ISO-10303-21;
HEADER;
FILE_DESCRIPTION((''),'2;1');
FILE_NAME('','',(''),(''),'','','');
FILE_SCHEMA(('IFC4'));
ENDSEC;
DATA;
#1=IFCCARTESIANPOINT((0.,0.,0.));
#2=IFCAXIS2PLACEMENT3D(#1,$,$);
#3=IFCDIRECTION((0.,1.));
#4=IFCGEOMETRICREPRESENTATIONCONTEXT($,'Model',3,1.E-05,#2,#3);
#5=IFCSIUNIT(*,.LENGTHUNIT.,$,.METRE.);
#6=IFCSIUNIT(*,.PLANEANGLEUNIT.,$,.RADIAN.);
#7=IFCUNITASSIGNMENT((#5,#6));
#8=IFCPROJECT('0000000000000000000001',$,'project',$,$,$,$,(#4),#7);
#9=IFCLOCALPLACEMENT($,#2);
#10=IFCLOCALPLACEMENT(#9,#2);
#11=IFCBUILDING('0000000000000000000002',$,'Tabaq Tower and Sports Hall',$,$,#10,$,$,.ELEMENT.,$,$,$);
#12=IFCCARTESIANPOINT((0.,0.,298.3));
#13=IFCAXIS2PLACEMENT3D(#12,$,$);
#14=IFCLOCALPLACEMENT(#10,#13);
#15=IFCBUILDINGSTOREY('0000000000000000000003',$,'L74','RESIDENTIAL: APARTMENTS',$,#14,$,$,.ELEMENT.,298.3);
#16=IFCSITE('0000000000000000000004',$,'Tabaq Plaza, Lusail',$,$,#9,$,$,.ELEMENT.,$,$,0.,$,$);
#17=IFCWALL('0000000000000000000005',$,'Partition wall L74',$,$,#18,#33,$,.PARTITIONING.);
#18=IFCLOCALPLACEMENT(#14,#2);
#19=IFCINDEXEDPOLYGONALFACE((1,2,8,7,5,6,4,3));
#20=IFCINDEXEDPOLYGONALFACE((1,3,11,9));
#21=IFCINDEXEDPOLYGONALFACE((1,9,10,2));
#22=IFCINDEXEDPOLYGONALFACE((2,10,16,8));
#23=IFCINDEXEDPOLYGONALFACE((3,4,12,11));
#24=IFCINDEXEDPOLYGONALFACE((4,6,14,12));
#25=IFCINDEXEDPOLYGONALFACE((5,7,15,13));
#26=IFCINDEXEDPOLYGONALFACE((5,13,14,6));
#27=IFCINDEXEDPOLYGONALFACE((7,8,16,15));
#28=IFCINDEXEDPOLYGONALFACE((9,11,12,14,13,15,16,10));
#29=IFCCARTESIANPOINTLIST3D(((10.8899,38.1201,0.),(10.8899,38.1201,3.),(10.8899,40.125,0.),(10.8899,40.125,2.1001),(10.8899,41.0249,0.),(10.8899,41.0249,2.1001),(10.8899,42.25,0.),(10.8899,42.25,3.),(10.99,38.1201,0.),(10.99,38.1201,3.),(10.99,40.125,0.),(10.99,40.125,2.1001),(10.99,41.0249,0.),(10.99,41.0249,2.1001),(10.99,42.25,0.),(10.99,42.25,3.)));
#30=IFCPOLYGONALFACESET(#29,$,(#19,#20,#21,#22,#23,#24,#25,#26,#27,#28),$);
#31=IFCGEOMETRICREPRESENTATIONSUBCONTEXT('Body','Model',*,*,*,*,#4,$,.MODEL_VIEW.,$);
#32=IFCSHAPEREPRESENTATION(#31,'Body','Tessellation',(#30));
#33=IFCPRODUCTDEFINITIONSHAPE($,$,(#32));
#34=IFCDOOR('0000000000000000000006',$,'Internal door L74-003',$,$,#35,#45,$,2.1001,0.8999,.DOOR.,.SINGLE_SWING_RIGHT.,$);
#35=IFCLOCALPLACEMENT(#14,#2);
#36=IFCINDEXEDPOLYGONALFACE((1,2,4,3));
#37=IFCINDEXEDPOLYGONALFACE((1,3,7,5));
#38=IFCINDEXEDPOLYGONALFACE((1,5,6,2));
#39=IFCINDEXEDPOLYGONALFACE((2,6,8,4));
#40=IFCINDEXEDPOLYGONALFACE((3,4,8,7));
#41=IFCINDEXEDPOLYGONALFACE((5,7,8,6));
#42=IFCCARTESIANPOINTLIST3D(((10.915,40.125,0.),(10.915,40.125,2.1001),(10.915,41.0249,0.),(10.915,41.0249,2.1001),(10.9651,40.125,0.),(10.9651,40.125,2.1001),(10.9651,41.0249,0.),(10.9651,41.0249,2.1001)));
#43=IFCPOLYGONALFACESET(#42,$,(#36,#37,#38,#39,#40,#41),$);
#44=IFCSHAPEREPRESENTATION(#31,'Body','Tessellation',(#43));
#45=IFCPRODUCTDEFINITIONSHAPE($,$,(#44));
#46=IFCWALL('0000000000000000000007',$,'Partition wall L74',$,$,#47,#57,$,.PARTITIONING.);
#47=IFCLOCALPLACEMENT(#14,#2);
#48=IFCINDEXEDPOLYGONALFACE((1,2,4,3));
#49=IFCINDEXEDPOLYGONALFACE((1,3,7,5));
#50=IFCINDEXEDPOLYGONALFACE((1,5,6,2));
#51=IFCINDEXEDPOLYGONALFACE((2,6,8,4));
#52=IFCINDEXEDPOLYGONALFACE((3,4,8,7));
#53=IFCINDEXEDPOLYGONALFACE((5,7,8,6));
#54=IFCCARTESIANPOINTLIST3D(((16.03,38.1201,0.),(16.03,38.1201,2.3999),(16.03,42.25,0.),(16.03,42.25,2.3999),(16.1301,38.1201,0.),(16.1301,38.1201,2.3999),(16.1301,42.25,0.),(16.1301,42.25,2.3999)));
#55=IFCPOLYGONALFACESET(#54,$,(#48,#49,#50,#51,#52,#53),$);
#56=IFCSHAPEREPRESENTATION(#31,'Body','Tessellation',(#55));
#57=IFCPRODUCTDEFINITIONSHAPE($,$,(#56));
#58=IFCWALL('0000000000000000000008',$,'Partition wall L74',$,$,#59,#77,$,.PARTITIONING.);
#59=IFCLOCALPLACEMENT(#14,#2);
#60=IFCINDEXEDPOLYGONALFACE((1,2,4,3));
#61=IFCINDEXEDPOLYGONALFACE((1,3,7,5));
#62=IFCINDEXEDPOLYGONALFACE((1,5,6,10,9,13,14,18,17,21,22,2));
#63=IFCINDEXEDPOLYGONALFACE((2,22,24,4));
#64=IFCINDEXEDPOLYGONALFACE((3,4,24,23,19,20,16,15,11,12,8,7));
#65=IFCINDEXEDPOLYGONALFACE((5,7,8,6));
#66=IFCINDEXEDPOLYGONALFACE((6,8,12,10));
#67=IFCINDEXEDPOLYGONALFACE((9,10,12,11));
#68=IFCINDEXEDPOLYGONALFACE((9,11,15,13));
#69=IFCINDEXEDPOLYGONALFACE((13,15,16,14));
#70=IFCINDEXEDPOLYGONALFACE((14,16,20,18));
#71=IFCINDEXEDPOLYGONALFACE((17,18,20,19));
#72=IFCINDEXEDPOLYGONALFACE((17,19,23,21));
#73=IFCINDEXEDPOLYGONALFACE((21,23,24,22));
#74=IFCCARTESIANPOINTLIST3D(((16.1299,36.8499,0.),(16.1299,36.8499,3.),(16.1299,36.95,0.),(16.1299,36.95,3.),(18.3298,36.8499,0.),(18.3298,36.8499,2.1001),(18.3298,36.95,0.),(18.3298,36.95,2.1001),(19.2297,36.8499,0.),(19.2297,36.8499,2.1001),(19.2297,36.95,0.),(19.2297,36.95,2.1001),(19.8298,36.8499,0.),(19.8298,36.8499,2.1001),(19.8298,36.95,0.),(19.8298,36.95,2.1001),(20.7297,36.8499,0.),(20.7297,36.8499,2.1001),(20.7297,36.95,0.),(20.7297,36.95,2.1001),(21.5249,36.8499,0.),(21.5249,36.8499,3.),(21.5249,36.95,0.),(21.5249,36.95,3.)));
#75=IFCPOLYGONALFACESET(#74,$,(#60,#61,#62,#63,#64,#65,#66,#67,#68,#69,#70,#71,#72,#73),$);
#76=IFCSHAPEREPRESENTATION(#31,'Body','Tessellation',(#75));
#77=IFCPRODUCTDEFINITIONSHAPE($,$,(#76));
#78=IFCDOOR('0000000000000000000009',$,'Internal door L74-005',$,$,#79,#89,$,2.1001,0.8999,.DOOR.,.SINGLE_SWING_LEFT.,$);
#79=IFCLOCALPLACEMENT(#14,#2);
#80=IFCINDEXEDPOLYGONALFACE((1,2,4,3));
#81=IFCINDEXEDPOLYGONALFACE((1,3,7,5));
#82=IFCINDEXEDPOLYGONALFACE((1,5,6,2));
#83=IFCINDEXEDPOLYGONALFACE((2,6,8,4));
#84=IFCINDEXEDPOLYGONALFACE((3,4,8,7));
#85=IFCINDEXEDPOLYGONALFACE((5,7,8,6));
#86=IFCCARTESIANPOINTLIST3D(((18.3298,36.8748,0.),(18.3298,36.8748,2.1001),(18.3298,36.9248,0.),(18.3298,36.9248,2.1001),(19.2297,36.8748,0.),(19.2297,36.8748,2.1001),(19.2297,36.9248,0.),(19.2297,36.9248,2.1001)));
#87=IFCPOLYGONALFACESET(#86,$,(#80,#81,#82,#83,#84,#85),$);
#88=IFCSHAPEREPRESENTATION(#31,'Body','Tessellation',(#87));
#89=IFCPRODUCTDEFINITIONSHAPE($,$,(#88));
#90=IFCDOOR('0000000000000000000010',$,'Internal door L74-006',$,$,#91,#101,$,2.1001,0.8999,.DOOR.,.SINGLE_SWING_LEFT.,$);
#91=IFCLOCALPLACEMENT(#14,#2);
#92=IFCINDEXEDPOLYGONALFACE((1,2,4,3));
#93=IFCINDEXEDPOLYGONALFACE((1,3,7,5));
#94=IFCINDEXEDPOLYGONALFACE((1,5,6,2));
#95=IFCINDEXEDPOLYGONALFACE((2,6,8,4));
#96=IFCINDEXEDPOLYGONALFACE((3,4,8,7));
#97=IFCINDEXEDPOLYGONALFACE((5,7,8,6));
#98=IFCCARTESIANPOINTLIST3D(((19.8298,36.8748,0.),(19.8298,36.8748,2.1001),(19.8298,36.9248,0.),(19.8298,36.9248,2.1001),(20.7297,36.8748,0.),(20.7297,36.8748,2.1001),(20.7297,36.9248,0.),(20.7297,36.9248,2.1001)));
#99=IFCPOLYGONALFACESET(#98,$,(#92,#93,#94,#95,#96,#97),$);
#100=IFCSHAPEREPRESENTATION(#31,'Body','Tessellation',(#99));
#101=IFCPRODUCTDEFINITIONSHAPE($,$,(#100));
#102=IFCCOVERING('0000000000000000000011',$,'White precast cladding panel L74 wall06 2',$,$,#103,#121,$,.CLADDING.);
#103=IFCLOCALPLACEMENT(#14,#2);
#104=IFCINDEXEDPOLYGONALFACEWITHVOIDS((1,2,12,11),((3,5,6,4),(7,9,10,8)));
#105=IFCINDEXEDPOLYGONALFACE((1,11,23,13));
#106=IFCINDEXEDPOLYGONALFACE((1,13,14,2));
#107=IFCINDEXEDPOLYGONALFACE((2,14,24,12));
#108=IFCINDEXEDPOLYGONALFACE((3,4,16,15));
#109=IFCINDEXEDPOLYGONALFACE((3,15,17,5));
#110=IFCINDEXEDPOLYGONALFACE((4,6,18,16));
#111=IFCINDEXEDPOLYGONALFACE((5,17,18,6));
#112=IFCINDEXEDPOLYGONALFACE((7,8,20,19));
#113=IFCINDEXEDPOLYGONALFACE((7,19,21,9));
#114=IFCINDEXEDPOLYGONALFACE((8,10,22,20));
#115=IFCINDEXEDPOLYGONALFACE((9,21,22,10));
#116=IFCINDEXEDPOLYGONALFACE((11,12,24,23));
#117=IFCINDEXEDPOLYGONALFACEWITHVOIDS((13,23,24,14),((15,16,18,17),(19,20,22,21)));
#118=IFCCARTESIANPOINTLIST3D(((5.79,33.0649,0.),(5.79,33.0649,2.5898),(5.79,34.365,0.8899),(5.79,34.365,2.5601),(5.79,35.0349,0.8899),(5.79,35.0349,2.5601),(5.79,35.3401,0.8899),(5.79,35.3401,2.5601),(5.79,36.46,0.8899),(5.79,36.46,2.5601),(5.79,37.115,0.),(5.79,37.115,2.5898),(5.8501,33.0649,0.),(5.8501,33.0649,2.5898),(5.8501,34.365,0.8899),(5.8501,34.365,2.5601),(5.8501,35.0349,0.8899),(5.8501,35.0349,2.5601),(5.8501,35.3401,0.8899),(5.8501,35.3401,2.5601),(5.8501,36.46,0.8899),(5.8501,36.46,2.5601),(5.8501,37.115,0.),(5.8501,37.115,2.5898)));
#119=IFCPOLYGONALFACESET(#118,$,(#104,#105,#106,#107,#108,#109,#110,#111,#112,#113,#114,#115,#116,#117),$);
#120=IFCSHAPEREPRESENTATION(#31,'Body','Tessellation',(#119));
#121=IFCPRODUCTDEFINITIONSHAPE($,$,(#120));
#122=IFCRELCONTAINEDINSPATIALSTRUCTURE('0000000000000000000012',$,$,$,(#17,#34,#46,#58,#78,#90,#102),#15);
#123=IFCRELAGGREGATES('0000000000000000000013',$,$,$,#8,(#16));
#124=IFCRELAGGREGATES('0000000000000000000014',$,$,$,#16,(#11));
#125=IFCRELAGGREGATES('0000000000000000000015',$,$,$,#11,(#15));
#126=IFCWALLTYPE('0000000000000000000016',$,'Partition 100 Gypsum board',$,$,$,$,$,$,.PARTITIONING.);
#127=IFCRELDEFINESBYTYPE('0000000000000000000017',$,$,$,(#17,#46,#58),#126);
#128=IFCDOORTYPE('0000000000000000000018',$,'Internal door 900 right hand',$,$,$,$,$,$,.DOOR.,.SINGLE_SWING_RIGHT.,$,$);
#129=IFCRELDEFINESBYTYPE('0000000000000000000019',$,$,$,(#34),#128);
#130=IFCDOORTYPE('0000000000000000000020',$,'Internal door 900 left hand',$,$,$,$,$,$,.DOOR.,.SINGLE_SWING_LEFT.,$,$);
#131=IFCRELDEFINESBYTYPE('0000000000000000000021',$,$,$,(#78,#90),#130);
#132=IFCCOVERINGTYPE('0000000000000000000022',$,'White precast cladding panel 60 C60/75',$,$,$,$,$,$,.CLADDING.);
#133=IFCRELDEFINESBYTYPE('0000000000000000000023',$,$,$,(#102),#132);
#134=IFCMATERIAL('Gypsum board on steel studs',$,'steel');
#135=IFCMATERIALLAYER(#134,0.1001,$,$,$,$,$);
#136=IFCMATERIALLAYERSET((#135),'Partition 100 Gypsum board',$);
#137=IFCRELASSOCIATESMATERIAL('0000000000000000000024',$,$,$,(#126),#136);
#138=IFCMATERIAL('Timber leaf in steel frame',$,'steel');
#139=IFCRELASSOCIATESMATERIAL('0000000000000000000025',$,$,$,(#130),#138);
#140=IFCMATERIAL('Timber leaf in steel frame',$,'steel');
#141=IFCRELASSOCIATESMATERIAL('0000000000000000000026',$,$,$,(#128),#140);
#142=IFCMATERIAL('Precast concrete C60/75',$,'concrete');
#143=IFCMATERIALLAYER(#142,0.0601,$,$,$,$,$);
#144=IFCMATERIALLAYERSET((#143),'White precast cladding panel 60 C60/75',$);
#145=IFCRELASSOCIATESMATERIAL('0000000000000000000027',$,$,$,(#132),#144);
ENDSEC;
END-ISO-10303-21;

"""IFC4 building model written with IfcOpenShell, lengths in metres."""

from ifc_helpers import new_model, si_unit, direction, frame, frame_2d, origin, place, context, subcontext, project, spatial, polyline, rectangle, outline, extrude, material, layer, layer_set, type_object, element, fill, save


model = new_model("IFC4")

# Units and contexts
model_context = context("Model", 3, precision=1e-05, world=origin(), true_north=direction((0.0, 1.0)))
body_context = subcontext(model_context, "Body", "Model", "MODEL_VIEW")
ifc_project = project(units=[si_unit("LENGTHUNIT", "METRE"), si_unit("PLANEANGLEUNIT", "RADIAN")], contexts=[model_context])

# Site, building, storey
site_placement = place(None, origin())
site = spatial("IfcSite", under=ifc_project, at=site_placement, Name="Tabaq Plaza, Lusail", CompositionType="ELEMENT", RefElevation=0.0)
building_placement = place(site_placement, origin())
building = spatial("IfcBuilding", under=site, at=building_placement, Name="Tabaq Tower and Sports Hall", CompositionType="ELEMENT")
storey_placement = place(building_placement, frame((0.0, 0.0, 298.3)))
storey = spatial("IfcBuildingStorey", under=building, at=storey_placement, Name="L74", Description="RESIDENTIAL: APARTMENTS", CompositionType="ELEMENT", Elevation=298.3)

# Shared definitions
ifc_material_1 = material(Name="Gypsum board on steel studs", Category="steel")
ifc_layer_1 = layer(ifc_material_1, 0.1001)
ifc_layer_set_1 = layer_set([ifc_layer_1], Name="Partition 100 Gypsum board")
wall_type = type_object("IfcWallType", Name="Partition 100 Gypsum board", PredefinedType="PARTITIONING", material=ifc_layer_set_1)
ifc_material_2 = material(Name="Timber leaf in steel frame", Category="steel")
door_type_1 = type_object("IfcDoorType", Name="Internal door 900 left hand", OperationType="SINGLE_SWING_LEFT", PredefinedType="DOOR", material=ifc_material_2)
ifc_material_3 = material(Name="Timber leaf in steel frame", Category="steel")
door_type_2 = type_object("IfcDoorType", Name="Internal door 900 right hand", OperationType="SINGLE_SWING_RIGHT", PredefinedType="DOOR", material=ifc_material_3)

# Wall, opening, door
wall_1_placement = place(storey_placement, frame((10.9399, 38.1201, 0.0), z_axis=(0.0, 0.0, 1.0), x_axis=(0.0, 1.0, 0.0)))
wall_1 = element("IfcWall", 1, at=wall_1_placement, inside=storey, type_object=wall_type, Name="Partition wall L74", PredefinedType="PARTITIONING", context=body_context, shape_type="SweptSolid", body=[
    extrude(rectangle(XDim=4.1299, YDim=0.1001, at=frame_2d((2.0649, 0.0))), origin(), (0.0, 0.0, 1.0), 3.0),
])
opening_1_placement = place(wall_1_placement, frame((2.0049, 0.0, 0.0)))
opening_1 = element("IfcOpeningElement", 2, at=opening_1_placement, cuts=wall_1, PredefinedType="OPENING", context=body_context, shape_type="SweptSolid", body=[
    extrude(rectangle(XDim=0.8999, YDim=2.1001, at=frame_2d((0.45, 1.05))), frame((0.0, 0.05, 0.0), z_axis=(0.0, -1.0, 0.0), x_axis=(1.0, 0.0, 0.0)), (0.0, 0.0, 1.0), 0.1001),
])
door_1_placement = place(opening_1_placement, origin())
door_1 = element("IfcDoor", 3, at=door_1_placement, inside=storey, type_object=door_type_2, Name="Internal door L74-003", OperationType="SINGLE_SWING_RIGHT", OverallHeight=2.1001, OverallWidth=0.8999, PredefinedType="DOOR", context=body_context, shape_type="SweptSolid", body=[
    extrude(rectangle(XDim=0.8999, YDim=2.1001, at=frame_2d((0.45, 1.05))), frame((0.0, 0.0249, 0.0), z_axis=(0.0, -1.0, 0.0), x_axis=(1.0, 0.0, 0.0)), (0.0, 0.0, 1.0), 0.05),
])
fill(opening_1, door_1)

# Wall
wall_2_placement = place(storey_placement, frame((16.0801, 38.1201, 0.0), z_axis=(0.0, 0.0, 1.0), x_axis=(0.0, 1.0, 0.0)))
element("IfcWall", 4, at=wall_2_placement, inside=storey, type_object=wall_type, Name="Partition wall L74", PredefinedType="PARTITIONING", context=body_context, shape_type="SweptSolid", body=[
    extrude(rectangle(XDim=4.1299, YDim=0.1001, at=frame_2d((2.0649, 0.0))), origin(), (0.0, 0.0, 1.0), 2.3999),
])

# Wall, openings, doors
wall_3_placement = place(storey_placement, frame((16.1299, 36.8999, 0.0), z_axis=(0.0, 0.0, 1.0), x_axis=(1.0, 0.0, 0.0)))
wall_3 = element("IfcWall", 5, at=wall_3_placement, inside=storey, type_object=wall_type, Name="Partition wall L74", PredefinedType="PARTITIONING", context=body_context, shape_type="SweptSolid", body=[
    extrude(rectangle(XDim=5.395, YDim=0.1001, at=frame_2d((2.6975, 0.0))), origin(), (0.0, 0.0, 1.0), 3.0),
])
opening_2_placement = place(wall_3_placement, frame((2.2, 0.0, 0.0)))
opening_2 = element("IfcOpeningElement", 6, at=opening_2_placement, cuts=wall_3, PredefinedType="OPENING", context=body_context, shape_type="SweptSolid", body=[
    extrude(rectangle(XDim=0.8999, YDim=2.1001, at=frame_2d((0.45, 1.05))), frame((0.0, 0.05, 0.0), z_axis=(0.0, -1.0, 0.0), x_axis=(1.0, 0.0, 0.0)), (0.0, 0.0, 1.0), 0.1001),
])
opening_3_placement = place(wall_3_placement, frame((3.7, 0.0, 0.0)))
opening_3 = element("IfcOpeningElement", 7, at=opening_3_placement, cuts=wall_3, PredefinedType="OPENING", context=body_context, shape_type="SweptSolid", body=[
    extrude(rectangle(XDim=0.8999, YDim=2.1001, at=frame_2d((0.45, 1.05))), frame((0.0, 0.05, 0.0), z_axis=(0.0, -1.0, 0.0), x_axis=(1.0, 0.0, 0.0)), (0.0, 0.0, 1.0), 0.1001),
])
door_2_placement = place(opening_2_placement, origin())
door_2 = element("IfcDoor", 8, at=door_2_placement, inside=storey, type_object=door_type_1, Name="Internal door L74-005", OperationType="SINGLE_SWING_LEFT", OverallHeight=2.1001, OverallWidth=0.8999, PredefinedType="DOOR", context=body_context, shape_type="SweptSolid", body=[
    extrude(rectangle(XDim=0.8999, YDim=2.1001, at=frame_2d((0.45, 1.05))), frame((0.0, 0.0249, 0.0), z_axis=(0.0, -1.0, 0.0), x_axis=(1.0, 0.0, 0.0)), (0.0, 0.0, 1.0), 0.05),
])
fill(opening_2, door_2)
door_3_placement = place(opening_3_placement, origin())
door_3 = element("IfcDoor", 9, at=door_3_placement, inside=storey, type_object=door_type_1, Name="Internal door L74-006", OperationType="SINGLE_SWING_LEFT", OverallHeight=2.1001, OverallWidth=0.8999, PredefinedType="DOOR", context=body_context, shape_type="SweptSolid", body=[
    extrude(rectangle(XDim=0.8999, YDim=2.1001, at=frame_2d((0.45, 1.05))), frame((0.0, 0.0249, 0.0), z_axis=(0.0, -1.0, 0.0), x_axis=(1.0, 0.0, 0.0)), (0.0, 0.0, 1.0), 0.05),
])
fill(opening_3, door_3)

# Covering
ifc_material_4 = material(Name="Precast concrete C60/75", Category="concrete")
ifc_layer_2 = layer(ifc_material_4, 0.0601)
ifc_layer_set_2 = layer_set([ifc_layer_2], Name="White precast cladding panel 60 C60/75")
covering_type = type_object("IfcCoveringType", Name="White precast cladding panel 60 C60/75", PredefinedType="CLADDING", material=ifc_layer_set_2)
covering_placement = place(storey_placement, frame((5.8201, 37.115, 0.0), z_axis=(0.0, 0.0, 1.0), x_axis=(0.0, -1.0, 0.0)))
element("IfcCovering", 10, at=covering_placement, inside=storey, type_object=covering_type, Name="White precast cladding panel L74 wall06 2", PredefinedType="CLADDING", context=body_context, shape_type="SweptSolid", body=[
    extrude(outline(polyline([(0.0, 0.0), (4.05, 0.0), (4.05, 2.5898), (0.0, 2.5898), (0.0, 0.0)]), holes=[polyline([(0.655, 0.8899), (0.655, 2.5601), (1.7749, 2.5601), (1.7749, 0.8899), (0.655, 0.8899)]), polyline([(2.0801, 0.8899), (2.0801, 2.5601), (2.75, 2.5601), (2.75, 0.8899), (2.0801, 0.8899)])]), frame((0.0, 0.03, 0.0), z_axis=(0.0, -1.0, 0.0), x_axis=(1.0, 0.0, 0.0)), (0.0, 0.0, 1.0), 0.0601),
])

save(model, "model.ifc")
